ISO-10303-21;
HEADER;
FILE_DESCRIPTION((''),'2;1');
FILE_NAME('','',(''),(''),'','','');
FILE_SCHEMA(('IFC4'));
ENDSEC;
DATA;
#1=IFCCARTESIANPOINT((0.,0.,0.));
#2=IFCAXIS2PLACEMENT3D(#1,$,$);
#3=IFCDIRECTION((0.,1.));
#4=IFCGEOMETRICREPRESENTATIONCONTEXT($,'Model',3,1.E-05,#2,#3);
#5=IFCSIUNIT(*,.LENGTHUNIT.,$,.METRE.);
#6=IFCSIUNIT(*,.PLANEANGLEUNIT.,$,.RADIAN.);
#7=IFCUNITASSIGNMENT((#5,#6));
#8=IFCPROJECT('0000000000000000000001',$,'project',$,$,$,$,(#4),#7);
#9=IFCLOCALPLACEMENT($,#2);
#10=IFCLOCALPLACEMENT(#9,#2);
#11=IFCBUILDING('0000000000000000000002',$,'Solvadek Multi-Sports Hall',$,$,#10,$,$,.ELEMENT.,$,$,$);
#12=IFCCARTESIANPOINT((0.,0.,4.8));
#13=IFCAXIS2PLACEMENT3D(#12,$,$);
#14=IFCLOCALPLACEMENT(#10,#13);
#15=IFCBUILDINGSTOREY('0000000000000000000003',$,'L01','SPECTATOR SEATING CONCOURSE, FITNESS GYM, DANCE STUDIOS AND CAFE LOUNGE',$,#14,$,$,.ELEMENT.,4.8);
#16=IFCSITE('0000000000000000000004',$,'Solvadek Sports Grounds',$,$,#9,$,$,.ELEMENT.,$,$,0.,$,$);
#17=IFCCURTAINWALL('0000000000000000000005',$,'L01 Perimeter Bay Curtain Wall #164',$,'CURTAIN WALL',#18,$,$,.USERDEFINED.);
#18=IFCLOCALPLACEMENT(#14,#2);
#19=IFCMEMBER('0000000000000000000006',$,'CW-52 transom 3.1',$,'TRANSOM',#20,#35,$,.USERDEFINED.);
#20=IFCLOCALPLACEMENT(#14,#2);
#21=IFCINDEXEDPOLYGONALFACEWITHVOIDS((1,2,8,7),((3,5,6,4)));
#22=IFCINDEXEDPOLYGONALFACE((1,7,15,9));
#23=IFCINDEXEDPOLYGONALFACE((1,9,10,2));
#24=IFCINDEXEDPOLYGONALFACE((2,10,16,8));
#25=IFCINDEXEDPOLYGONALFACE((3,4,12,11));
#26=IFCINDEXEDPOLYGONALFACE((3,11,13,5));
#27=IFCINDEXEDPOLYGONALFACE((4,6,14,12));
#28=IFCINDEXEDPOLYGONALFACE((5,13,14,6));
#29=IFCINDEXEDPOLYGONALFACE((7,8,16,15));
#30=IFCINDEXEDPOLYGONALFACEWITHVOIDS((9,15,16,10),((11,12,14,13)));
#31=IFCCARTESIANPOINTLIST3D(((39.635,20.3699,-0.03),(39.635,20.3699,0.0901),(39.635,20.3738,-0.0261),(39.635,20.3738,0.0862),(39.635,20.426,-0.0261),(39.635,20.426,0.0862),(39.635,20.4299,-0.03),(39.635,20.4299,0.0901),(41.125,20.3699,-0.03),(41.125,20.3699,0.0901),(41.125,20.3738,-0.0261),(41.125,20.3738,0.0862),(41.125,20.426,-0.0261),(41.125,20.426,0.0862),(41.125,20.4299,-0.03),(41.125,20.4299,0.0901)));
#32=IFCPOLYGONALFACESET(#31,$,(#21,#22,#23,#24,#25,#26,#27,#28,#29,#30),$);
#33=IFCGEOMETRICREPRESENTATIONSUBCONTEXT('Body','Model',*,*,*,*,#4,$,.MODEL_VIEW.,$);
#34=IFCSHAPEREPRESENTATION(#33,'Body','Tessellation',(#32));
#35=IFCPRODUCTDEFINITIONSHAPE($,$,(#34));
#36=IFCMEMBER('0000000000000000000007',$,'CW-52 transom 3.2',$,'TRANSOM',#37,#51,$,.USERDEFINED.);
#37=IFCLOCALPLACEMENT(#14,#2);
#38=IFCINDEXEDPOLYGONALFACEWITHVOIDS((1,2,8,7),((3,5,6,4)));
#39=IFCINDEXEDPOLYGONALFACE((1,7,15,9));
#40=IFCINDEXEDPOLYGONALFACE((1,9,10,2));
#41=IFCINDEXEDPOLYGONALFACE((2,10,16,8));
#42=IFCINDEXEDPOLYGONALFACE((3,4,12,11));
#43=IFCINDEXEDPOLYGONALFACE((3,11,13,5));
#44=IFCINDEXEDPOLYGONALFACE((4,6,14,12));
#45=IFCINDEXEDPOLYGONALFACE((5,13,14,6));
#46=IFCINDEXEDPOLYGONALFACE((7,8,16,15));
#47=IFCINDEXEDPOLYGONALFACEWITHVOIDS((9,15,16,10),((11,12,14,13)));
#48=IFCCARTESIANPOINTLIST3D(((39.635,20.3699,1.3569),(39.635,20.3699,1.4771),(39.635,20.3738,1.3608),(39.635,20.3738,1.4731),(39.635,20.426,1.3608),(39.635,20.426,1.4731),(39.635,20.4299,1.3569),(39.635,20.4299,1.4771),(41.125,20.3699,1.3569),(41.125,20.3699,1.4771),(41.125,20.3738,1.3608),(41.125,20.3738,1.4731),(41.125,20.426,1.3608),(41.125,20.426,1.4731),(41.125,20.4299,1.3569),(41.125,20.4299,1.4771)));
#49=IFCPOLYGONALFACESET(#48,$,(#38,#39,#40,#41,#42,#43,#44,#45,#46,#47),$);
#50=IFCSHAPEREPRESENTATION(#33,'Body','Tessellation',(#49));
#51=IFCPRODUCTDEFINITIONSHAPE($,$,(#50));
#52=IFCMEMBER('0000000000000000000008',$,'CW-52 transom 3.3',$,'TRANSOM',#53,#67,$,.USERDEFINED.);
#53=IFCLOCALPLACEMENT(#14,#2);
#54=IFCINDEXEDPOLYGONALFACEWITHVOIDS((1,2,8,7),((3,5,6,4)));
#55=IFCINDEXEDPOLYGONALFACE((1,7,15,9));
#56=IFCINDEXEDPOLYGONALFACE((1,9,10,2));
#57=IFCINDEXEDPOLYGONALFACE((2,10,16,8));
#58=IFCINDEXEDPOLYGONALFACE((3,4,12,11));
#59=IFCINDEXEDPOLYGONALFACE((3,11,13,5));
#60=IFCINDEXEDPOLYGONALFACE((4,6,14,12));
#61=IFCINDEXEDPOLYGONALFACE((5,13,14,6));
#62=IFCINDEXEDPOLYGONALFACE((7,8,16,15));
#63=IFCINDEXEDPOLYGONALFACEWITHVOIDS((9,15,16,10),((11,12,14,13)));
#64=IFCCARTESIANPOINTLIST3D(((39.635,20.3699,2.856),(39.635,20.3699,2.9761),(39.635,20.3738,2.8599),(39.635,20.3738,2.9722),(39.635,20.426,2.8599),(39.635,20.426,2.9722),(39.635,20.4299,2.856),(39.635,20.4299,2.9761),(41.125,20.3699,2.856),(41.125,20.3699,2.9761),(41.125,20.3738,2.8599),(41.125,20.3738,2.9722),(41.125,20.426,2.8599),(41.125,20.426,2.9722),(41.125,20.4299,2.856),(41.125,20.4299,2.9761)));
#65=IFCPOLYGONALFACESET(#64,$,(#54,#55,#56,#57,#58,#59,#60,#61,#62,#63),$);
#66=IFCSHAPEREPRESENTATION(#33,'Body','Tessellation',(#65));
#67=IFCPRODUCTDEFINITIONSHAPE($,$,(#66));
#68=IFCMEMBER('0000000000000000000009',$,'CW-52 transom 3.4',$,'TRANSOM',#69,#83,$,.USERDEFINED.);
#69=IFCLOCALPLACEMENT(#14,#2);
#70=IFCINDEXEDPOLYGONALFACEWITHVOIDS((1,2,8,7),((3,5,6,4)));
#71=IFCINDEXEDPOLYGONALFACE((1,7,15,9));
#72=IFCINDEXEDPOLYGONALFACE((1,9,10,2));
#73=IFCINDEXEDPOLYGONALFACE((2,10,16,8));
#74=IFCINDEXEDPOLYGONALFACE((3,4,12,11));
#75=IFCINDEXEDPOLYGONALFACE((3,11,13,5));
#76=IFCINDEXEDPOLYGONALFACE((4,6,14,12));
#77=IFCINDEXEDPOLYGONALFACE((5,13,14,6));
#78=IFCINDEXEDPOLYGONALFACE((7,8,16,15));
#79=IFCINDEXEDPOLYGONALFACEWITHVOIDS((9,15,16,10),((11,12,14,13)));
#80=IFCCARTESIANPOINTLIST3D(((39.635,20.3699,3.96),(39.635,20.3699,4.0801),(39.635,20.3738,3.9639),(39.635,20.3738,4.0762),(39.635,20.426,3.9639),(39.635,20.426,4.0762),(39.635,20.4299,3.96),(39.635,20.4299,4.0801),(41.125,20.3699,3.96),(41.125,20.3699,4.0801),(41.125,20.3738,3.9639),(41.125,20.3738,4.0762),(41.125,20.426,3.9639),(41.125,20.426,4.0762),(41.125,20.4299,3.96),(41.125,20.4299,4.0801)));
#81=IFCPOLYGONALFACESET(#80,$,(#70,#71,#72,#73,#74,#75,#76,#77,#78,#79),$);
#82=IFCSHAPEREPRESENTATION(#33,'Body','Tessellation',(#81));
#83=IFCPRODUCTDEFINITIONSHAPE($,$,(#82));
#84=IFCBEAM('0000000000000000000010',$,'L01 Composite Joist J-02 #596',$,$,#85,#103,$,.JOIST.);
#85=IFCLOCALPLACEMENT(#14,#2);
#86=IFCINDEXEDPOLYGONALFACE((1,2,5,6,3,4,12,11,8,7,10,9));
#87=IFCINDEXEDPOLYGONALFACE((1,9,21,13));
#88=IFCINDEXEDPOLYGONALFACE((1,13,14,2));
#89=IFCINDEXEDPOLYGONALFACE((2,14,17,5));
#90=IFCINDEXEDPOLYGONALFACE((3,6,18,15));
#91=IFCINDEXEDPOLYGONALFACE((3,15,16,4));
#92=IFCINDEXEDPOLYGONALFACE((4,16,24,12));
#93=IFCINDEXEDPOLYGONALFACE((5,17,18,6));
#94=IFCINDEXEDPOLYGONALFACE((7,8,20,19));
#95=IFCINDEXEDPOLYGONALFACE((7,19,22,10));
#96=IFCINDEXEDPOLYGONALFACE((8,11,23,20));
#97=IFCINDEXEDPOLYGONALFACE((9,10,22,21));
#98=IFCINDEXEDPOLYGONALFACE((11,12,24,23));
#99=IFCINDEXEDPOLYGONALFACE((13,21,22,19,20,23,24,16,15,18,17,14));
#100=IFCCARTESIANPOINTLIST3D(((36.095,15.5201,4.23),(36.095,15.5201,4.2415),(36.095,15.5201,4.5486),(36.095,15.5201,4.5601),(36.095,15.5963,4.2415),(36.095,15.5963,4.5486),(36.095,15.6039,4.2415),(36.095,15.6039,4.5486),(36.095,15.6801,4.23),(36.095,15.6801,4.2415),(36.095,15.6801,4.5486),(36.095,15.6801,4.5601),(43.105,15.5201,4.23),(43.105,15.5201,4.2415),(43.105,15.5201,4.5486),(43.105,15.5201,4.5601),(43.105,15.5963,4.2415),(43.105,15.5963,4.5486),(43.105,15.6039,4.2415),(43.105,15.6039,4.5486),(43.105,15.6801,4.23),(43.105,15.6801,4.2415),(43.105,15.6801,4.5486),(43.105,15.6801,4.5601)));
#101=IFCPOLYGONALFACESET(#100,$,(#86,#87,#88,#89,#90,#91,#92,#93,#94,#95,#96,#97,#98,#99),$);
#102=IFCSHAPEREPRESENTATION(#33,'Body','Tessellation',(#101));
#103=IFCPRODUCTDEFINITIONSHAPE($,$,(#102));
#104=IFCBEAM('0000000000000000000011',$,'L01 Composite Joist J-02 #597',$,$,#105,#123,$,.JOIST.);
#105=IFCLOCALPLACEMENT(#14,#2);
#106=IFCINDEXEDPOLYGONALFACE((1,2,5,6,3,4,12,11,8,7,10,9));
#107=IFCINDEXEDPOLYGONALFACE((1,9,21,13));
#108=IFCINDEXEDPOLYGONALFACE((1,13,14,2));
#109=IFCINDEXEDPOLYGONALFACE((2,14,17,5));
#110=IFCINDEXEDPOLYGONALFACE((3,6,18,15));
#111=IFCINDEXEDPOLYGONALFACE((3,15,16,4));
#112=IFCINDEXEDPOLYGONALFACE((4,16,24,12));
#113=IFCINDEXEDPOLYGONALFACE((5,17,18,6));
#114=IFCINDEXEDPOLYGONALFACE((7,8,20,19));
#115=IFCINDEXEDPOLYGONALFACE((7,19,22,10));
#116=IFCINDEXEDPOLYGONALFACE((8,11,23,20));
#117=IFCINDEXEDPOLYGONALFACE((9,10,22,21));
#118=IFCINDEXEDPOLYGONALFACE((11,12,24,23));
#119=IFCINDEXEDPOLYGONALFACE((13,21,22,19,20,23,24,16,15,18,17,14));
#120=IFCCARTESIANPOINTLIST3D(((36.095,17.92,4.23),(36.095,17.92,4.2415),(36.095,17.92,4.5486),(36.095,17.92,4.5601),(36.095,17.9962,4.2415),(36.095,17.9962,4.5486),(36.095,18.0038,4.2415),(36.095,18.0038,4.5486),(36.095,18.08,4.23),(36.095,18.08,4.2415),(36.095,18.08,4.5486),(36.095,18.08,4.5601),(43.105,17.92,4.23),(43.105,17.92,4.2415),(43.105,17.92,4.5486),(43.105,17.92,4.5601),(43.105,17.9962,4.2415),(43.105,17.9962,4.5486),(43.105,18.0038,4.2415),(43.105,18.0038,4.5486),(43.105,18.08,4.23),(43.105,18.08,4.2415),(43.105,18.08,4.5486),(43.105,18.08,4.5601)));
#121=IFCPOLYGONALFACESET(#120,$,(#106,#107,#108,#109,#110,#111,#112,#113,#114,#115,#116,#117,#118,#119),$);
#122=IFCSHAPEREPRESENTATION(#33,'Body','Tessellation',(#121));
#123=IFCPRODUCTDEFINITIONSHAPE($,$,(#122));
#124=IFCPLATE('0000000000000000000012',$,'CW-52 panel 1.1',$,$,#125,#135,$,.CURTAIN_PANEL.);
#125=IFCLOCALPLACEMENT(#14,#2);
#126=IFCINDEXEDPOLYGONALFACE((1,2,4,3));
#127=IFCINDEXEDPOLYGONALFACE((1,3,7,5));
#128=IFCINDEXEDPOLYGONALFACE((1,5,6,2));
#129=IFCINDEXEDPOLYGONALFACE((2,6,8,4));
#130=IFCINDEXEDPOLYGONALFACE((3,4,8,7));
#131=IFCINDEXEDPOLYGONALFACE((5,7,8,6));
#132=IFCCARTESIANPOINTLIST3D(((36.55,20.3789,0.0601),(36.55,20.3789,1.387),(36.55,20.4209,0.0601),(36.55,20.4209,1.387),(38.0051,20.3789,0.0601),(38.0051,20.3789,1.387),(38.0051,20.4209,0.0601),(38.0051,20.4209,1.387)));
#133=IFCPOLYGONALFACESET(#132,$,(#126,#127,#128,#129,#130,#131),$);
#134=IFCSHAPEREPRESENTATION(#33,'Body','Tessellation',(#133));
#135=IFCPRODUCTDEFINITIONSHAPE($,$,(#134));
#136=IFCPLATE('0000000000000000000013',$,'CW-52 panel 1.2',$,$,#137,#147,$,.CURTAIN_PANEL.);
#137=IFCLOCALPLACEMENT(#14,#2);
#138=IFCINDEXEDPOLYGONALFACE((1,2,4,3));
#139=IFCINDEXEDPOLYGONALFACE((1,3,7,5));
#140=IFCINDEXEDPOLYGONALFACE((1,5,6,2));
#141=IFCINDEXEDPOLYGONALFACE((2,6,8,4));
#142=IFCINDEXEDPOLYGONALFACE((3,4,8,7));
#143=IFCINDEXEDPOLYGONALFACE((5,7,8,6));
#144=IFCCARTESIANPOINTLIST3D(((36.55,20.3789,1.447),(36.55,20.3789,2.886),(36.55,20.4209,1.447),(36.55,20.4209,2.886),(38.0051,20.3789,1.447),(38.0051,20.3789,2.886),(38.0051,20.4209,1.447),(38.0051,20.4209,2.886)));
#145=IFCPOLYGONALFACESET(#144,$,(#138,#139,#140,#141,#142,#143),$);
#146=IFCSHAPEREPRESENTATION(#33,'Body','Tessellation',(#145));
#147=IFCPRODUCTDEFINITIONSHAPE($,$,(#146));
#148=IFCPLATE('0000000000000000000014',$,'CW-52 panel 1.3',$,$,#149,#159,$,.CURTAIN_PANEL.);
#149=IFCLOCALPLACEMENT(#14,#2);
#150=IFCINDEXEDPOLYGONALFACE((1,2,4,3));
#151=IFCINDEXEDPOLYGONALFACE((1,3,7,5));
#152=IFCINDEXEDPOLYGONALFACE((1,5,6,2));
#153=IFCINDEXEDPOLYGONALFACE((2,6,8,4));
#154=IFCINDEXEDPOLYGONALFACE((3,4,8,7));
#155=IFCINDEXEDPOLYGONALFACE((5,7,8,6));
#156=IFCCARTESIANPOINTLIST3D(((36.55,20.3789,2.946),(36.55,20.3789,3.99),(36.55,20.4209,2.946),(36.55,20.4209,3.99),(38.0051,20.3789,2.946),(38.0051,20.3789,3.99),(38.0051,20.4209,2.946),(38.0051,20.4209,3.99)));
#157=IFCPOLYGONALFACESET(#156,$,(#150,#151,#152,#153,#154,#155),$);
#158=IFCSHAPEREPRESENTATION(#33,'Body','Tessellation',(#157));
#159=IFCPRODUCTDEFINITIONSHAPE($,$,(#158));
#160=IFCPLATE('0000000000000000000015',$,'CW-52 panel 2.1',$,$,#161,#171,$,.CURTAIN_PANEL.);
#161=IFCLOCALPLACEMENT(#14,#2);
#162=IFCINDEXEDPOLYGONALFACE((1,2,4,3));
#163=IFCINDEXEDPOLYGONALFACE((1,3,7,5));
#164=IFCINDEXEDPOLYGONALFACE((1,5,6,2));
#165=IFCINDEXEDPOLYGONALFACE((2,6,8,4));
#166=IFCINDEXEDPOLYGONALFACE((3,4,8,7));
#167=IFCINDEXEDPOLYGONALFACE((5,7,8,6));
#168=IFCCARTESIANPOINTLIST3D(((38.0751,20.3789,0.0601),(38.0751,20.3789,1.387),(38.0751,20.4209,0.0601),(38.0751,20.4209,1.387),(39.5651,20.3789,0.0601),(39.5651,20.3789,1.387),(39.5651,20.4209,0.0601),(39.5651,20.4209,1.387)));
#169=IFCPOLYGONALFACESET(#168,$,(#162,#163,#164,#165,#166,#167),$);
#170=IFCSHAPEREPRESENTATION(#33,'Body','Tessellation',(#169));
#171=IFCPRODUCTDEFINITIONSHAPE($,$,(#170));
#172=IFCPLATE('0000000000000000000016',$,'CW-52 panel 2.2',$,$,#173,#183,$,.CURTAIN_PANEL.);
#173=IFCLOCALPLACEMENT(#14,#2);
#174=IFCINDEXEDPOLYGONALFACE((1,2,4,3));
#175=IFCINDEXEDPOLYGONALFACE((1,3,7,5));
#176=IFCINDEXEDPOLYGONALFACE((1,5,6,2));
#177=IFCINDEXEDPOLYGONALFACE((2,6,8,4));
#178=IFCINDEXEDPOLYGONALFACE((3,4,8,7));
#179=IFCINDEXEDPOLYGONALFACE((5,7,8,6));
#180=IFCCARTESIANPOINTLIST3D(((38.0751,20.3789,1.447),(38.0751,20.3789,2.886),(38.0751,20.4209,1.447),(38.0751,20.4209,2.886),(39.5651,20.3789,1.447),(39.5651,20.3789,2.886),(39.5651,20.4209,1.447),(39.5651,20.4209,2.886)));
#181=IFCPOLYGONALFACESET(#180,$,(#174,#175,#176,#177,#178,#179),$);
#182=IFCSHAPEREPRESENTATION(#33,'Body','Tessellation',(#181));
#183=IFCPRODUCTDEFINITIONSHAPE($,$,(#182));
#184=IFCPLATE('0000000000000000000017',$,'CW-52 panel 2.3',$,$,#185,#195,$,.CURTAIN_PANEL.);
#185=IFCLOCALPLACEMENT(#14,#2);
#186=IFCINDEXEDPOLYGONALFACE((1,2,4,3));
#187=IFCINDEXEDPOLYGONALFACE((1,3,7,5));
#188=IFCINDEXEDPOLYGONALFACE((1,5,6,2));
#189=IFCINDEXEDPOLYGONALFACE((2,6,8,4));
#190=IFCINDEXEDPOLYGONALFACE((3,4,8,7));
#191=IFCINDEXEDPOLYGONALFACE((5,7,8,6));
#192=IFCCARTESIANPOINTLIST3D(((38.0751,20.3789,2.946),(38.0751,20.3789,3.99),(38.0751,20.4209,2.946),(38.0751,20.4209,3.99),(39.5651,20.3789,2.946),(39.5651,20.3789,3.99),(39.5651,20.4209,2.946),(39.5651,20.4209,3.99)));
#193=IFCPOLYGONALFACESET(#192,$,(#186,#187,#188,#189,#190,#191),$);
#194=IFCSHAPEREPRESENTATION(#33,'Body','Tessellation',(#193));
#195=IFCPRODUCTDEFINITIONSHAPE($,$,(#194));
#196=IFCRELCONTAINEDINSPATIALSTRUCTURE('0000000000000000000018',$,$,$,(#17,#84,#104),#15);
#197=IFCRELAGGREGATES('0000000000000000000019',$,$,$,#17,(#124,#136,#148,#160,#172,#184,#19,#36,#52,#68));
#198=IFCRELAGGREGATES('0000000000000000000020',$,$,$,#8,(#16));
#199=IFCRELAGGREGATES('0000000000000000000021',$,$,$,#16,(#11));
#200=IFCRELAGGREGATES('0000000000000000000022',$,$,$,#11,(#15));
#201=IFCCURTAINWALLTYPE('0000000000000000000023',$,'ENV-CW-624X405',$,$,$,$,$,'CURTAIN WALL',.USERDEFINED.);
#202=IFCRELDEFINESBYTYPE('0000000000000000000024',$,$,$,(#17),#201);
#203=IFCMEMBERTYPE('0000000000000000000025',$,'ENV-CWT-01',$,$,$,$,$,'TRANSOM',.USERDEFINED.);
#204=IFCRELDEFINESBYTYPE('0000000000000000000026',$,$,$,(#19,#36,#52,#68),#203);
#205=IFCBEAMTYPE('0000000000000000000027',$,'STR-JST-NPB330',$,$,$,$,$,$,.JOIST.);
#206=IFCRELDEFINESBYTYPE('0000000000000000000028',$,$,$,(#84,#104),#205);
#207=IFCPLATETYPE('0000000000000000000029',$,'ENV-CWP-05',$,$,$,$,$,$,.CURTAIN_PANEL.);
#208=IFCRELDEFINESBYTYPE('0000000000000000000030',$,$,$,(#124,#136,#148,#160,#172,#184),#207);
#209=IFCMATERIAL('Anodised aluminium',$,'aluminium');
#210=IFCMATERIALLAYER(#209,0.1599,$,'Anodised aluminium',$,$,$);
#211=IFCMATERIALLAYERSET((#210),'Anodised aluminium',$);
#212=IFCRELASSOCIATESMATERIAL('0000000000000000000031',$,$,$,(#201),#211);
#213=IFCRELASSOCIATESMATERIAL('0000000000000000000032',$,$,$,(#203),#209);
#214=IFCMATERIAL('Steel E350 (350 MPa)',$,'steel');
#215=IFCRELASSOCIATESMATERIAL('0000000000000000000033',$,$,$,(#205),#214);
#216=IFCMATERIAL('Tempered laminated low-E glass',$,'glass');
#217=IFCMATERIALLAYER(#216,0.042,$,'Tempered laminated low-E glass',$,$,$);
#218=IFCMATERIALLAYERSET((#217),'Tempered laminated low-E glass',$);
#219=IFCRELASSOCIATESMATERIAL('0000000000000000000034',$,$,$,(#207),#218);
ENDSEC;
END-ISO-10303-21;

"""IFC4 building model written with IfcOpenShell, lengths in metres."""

from ifc_helpers import new_model, si_unit, direction, frame, origin, origin_2d, place, context, subcontext, project, spatial, rectangle, hollow_rectangle, i_section, extrude, material, layer, layer_set, material_profile, profile_set, type_object, element, aggregate, save


model = new_model("IFC4")

# Units and contexts
model_context = context("Model", 3, precision=1e-05, world=origin(), true_north=direction((0.0, 1.0)))
body_context = subcontext(model_context, "Body", "Model", "MODEL_VIEW")
ifc_project = project(units=[si_unit("LENGTHUNIT", "METRE"), si_unit("PLANEANGLEUNIT", "RADIAN")], contexts=[model_context])

# Site, building, storey
site_placement = place(None, origin())
site = spatial("IfcSite", under=ifc_project, at=site_placement, Name="Solvadek Sports Grounds", CompositionType="ELEMENT", RefElevation=0.0)
building_placement = place(site_placement, origin())
building = spatial("IfcBuilding", under=site, at=building_placement, Name="Solvadek Multi-Sports Hall", CompositionType="ELEMENT")
storey_placement = place(building_placement, frame((0.0, 0.0, 4.8)))
storey = spatial("IfcBuildingStorey", under=building, at=storey_placement, Name="L01", Description="SPECTATOR SEATING CONCOURSE, FITNESS GYM, DANCE STUDIOS AND CAFE LOUNGE", CompositionType="ELEMENT", Elevation=4.8)

# Curtain wall, members
ifc_material_1 = material(Name="Anodised aluminium", Category="aluminium")
ifc_layer_1 = layer(ifc_material_1, 0.1599, Name="Anodised aluminium")
ifc_layer_set_1 = layer_set([ifc_layer_1], Name="Anodised aluminium")
curtain_wall_type_1 = type_object("IfcCurtainWallType", Name="ENV-CW-624X405", ElementType="CURTAIN WALL", PredefinedType="USERDEFINED", material=ifc_layer_set_1)
curtain_wall_1_placement = place(storey_placement, origin())
curtain_wall_1 = element("IfcCurtainWall", 1, at=curtain_wall_1_placement, inside=storey, type_object=curtain_wall_type_1, Name="L01 Perimeter Bay Curtain Wall #164", ObjectType="CURTAIN WALL", PredefinedType="USERDEFINED")
ifc_material_profile_1 = material_profile(ifc_material_1, hollow_rectangle(XDim=0.0601, YDim=0.1201, WallThickness=0.0039, at=origin_2d()), Name="ALU-T 120x60x4")
ifc_profile_set_1 = profile_set([ifc_material_profile_1], Name="Anodised aluminium")
member_type_1 = type_object("IfcMemberType", Name="ENV-CWT-01", ElementType="TRANSOM", PredefinedType="USERDEFINED", material=ifc_profile_set_1)
member_1_placement = place(storey_placement, frame((39.635, 20.3999, 0.03), z_axis=(1.0, 0.0, 0.0), x_axis=(0.0, 1.0, 0.0)))
member_1 = element("IfcMember", 2, at=member_1_placement, type_object=member_type_1, Name="CW-52 transom 3.1", ObjectType="TRANSOM", PredefinedType="USERDEFINED", context=body_context, shape_type="SweptSolid", body=[
    extrude(hollow_rectangle(XDim=0.0601, YDim=0.1201, WallThickness=0.0039, at=origin_2d()), origin(), (0.0, 0.0, 1.0), 1.49),
])
member_2_placement = place(storey_placement, frame((39.635, 20.3999, 1.417), z_axis=(1.0, 0.0, 0.0), x_axis=(0.0, 1.0, 0.0)))
member_2 = element("IfcMember", 3, at=member_2_placement, type_object=member_type_1, Name="CW-52 transom 3.2", ObjectType="TRANSOM", PredefinedType="USERDEFINED", context=body_context, shape_type="SweptSolid", body=[
    extrude(hollow_rectangle(XDim=0.0601, YDim=0.1201, WallThickness=0.0039, at=origin_2d()), origin(), (0.0, 0.0, 1.0), 1.49),
])
member_3_placement = place(storey_placement, frame((39.635, 20.3999, 2.916), z_axis=(1.0, 0.0, 0.0), x_axis=(0.0, 1.0, 0.0)))
member_3 = element("IfcMember", 4, at=member_3_placement, type_object=member_type_1, Name="CW-52 transom 3.3", ObjectType="TRANSOM", PredefinedType="USERDEFINED", context=body_context, shape_type="SweptSolid", body=[
    extrude(hollow_rectangle(XDim=0.0601, YDim=0.1201, WallThickness=0.0039, at=origin_2d()), origin(), (0.0, 0.0, 1.0), 1.49),
])
member_4_placement = place(storey_placement, frame((39.635, 20.3999, 4.02), z_axis=(1.0, 0.0, 0.0), x_axis=(0.0, 1.0, 0.0)))
member_4 = element("IfcMember", 5, at=member_4_placement, type_object=member_type_1, Name="CW-52 transom 3.4", ObjectType="TRANSOM", PredefinedType="USERDEFINED", context=body_context, shape_type="SweptSolid", body=[
    extrude(hollow_rectangle(XDim=0.0601, YDim=0.1201, WallThickness=0.0039, at=origin_2d()), origin(), (0.0, 0.0, 1.0), 1.49),
])

# Beams
ifc_material_2 = material(Name="Steel E350 (350 MPa)", Category="steel")
ifc_material_profile_2 = material_profile(ifc_material_2, i_section(OverallWidth=0.1599, OverallDepth=0.3301, WebThickness=0.0076, FlangeThickness=0.0115, at=origin_2d()), Name="NPB 330")
ifc_profile_set_2 = profile_set([ifc_material_profile_2], Name="Steel E350 (350 MPa)")
beam_type = type_object("IfcBeamType", Name="STR-JST-NPB330", PredefinedType="JOIST", material=ifc_profile_set_2)
for number, where, z_axis, x_axis, name in (
    (6, (36.095, 15.6001, 4.395), (1.0, 0.0, 0.0), (0.0, 1.0, 0.0), "L01 Composite Joist J-02 #596"),
    (7, (36.095, 18.0, 4.395), (1.0, 0.0, 0.0), (0.0, 1.0, 0.0), "L01 Composite Joist J-02 #597"),
):
    element("IfcBeam", number, at=place(storey_placement, frame(where, z_axis=z_axis, x_axis=x_axis)), inside=storey, type_object=beam_type, Name=name, PredefinedType="JOIST", context=body_context, shape_type="SweptSolid", body=[
        extrude(i_section(OverallWidth=0.1599, OverallDepth=0.3301, WebThickness=0.0076, FlangeThickness=0.0115, at=origin_2d()), origin(), (0.0, 0.0, 1.0), 7.01),
    ])

# Plates
ifc_material_3 = material(Name="Tempered laminated low-E glass", Category="glass")
ifc_layer_2 = layer(ifc_material_3, 0.042, Name="Tempered laminated low-E glass")
ifc_layer_set_2 = layer_set([ifc_layer_2], Name="Tempered laminated low-E glass")
plate_type_1 = type_object("IfcPlateType", Name="ENV-CWP-05", PredefinedType="CURTAIN_PANEL", material=ifc_layer_set_2)
plate_1_placement = place(storey_placement, frame((37.2776, 20.3999, 0.0601), z_axis=(0.0, 0.0, 1.0), x_axis=(1.0, 0.0, 0.0)))
plate_1 = element("IfcPlate", 8, at=plate_1_placement, type_object=plate_type_1, Name="CW-52 panel 1.1", PredefinedType="CURTAIN_PANEL", context=body_context, shape_type="SweptSolid", body=[
    extrude(rectangle(XDim=1.4551, YDim=0.042, at=origin_2d()), origin(), (0.0, 0.0, 1.0), 1.3269),
])
plate_2_placement = place(storey_placement, frame((37.2776, 20.3999, 1.447), z_axis=(0.0, 0.0, 1.0), x_axis=(1.0, 0.0, 0.0)))
plate_2 = element("IfcPlate", 9, at=plate_2_placement, type_object=plate_type_1, Name="CW-52 panel 1.2", PredefinedType="CURTAIN_PANEL", context=body_context, shape_type="SweptSolid", body=[
    extrude(rectangle(XDim=1.4551, YDim=0.042, at=origin_2d()), origin(), (0.0, 0.0, 1.0), 1.439),
])
plate_3_placement = place(storey_placement, frame((37.2776, 20.3999, 2.946), z_axis=(0.0, 0.0, 1.0), x_axis=(1.0, 0.0, 0.0)))
plate_3 = element("IfcPlate", 10, at=plate_3_placement, type_object=plate_type_1, Name="CW-52 panel 1.3", PredefinedType="CURTAIN_PANEL", context=body_context, shape_type="SweptSolid", body=[
    extrude(rectangle(XDim=1.4551, YDim=0.042, at=origin_2d()), origin(), (0.0, 0.0, 1.0), 1.0439),
])
plate_4_placement = place(storey_placement, frame((38.8201, 20.3999, 0.0601), z_axis=(0.0, 0.0, 1.0), x_axis=(1.0, 0.0, 0.0)))
plate_4 = element("IfcPlate", 11, at=plate_4_placement, type_object=plate_type_1, Name="CW-52 panel 2.1", PredefinedType="CURTAIN_PANEL", context=body_context, shape_type="SweptSolid", body=[
    extrude(rectangle(XDim=1.49, YDim=0.042, at=origin_2d()), origin(), (0.0, 0.0, 1.0), 1.3269),
])
plate_5_placement = place(storey_placement, frame((38.8201, 20.3999, 1.447), z_axis=(0.0, 0.0, 1.0), x_axis=(1.0, 0.0, 0.0)))
plate_5 = element("IfcPlate", 12, at=plate_5_placement, type_object=plate_type_1, Name="CW-52 panel 2.2", PredefinedType="CURTAIN_PANEL", context=body_context, shape_type="SweptSolid", body=[
    extrude(rectangle(XDim=1.49, YDim=0.042, at=origin_2d()), origin(), (0.0, 0.0, 1.0), 1.439),
])
plate_6_placement = place(storey_placement, frame((38.8201, 20.3999, 2.946), z_axis=(0.0, 0.0, 1.0), x_axis=(1.0, 0.0, 0.0)))
plate_6 = element("IfcPlate", 13, at=plate_6_placement, type_object=plate_type_1, Name="CW-52 panel 2.3", PredefinedType="CURTAIN_PANEL", context=body_context, shape_type="SweptSolid", body=[
    extrude(rectangle(XDim=1.49, YDim=0.042, at=origin_2d()), origin(), (0.0, 0.0, 1.0), 1.0439),
])
aggregate(curtain_wall_1, [plate_1, plate_2, plate_3, plate_4, plate_5, plate_6, member_1, member_2, member_3, member_4])

save(model, "model.ifc")
